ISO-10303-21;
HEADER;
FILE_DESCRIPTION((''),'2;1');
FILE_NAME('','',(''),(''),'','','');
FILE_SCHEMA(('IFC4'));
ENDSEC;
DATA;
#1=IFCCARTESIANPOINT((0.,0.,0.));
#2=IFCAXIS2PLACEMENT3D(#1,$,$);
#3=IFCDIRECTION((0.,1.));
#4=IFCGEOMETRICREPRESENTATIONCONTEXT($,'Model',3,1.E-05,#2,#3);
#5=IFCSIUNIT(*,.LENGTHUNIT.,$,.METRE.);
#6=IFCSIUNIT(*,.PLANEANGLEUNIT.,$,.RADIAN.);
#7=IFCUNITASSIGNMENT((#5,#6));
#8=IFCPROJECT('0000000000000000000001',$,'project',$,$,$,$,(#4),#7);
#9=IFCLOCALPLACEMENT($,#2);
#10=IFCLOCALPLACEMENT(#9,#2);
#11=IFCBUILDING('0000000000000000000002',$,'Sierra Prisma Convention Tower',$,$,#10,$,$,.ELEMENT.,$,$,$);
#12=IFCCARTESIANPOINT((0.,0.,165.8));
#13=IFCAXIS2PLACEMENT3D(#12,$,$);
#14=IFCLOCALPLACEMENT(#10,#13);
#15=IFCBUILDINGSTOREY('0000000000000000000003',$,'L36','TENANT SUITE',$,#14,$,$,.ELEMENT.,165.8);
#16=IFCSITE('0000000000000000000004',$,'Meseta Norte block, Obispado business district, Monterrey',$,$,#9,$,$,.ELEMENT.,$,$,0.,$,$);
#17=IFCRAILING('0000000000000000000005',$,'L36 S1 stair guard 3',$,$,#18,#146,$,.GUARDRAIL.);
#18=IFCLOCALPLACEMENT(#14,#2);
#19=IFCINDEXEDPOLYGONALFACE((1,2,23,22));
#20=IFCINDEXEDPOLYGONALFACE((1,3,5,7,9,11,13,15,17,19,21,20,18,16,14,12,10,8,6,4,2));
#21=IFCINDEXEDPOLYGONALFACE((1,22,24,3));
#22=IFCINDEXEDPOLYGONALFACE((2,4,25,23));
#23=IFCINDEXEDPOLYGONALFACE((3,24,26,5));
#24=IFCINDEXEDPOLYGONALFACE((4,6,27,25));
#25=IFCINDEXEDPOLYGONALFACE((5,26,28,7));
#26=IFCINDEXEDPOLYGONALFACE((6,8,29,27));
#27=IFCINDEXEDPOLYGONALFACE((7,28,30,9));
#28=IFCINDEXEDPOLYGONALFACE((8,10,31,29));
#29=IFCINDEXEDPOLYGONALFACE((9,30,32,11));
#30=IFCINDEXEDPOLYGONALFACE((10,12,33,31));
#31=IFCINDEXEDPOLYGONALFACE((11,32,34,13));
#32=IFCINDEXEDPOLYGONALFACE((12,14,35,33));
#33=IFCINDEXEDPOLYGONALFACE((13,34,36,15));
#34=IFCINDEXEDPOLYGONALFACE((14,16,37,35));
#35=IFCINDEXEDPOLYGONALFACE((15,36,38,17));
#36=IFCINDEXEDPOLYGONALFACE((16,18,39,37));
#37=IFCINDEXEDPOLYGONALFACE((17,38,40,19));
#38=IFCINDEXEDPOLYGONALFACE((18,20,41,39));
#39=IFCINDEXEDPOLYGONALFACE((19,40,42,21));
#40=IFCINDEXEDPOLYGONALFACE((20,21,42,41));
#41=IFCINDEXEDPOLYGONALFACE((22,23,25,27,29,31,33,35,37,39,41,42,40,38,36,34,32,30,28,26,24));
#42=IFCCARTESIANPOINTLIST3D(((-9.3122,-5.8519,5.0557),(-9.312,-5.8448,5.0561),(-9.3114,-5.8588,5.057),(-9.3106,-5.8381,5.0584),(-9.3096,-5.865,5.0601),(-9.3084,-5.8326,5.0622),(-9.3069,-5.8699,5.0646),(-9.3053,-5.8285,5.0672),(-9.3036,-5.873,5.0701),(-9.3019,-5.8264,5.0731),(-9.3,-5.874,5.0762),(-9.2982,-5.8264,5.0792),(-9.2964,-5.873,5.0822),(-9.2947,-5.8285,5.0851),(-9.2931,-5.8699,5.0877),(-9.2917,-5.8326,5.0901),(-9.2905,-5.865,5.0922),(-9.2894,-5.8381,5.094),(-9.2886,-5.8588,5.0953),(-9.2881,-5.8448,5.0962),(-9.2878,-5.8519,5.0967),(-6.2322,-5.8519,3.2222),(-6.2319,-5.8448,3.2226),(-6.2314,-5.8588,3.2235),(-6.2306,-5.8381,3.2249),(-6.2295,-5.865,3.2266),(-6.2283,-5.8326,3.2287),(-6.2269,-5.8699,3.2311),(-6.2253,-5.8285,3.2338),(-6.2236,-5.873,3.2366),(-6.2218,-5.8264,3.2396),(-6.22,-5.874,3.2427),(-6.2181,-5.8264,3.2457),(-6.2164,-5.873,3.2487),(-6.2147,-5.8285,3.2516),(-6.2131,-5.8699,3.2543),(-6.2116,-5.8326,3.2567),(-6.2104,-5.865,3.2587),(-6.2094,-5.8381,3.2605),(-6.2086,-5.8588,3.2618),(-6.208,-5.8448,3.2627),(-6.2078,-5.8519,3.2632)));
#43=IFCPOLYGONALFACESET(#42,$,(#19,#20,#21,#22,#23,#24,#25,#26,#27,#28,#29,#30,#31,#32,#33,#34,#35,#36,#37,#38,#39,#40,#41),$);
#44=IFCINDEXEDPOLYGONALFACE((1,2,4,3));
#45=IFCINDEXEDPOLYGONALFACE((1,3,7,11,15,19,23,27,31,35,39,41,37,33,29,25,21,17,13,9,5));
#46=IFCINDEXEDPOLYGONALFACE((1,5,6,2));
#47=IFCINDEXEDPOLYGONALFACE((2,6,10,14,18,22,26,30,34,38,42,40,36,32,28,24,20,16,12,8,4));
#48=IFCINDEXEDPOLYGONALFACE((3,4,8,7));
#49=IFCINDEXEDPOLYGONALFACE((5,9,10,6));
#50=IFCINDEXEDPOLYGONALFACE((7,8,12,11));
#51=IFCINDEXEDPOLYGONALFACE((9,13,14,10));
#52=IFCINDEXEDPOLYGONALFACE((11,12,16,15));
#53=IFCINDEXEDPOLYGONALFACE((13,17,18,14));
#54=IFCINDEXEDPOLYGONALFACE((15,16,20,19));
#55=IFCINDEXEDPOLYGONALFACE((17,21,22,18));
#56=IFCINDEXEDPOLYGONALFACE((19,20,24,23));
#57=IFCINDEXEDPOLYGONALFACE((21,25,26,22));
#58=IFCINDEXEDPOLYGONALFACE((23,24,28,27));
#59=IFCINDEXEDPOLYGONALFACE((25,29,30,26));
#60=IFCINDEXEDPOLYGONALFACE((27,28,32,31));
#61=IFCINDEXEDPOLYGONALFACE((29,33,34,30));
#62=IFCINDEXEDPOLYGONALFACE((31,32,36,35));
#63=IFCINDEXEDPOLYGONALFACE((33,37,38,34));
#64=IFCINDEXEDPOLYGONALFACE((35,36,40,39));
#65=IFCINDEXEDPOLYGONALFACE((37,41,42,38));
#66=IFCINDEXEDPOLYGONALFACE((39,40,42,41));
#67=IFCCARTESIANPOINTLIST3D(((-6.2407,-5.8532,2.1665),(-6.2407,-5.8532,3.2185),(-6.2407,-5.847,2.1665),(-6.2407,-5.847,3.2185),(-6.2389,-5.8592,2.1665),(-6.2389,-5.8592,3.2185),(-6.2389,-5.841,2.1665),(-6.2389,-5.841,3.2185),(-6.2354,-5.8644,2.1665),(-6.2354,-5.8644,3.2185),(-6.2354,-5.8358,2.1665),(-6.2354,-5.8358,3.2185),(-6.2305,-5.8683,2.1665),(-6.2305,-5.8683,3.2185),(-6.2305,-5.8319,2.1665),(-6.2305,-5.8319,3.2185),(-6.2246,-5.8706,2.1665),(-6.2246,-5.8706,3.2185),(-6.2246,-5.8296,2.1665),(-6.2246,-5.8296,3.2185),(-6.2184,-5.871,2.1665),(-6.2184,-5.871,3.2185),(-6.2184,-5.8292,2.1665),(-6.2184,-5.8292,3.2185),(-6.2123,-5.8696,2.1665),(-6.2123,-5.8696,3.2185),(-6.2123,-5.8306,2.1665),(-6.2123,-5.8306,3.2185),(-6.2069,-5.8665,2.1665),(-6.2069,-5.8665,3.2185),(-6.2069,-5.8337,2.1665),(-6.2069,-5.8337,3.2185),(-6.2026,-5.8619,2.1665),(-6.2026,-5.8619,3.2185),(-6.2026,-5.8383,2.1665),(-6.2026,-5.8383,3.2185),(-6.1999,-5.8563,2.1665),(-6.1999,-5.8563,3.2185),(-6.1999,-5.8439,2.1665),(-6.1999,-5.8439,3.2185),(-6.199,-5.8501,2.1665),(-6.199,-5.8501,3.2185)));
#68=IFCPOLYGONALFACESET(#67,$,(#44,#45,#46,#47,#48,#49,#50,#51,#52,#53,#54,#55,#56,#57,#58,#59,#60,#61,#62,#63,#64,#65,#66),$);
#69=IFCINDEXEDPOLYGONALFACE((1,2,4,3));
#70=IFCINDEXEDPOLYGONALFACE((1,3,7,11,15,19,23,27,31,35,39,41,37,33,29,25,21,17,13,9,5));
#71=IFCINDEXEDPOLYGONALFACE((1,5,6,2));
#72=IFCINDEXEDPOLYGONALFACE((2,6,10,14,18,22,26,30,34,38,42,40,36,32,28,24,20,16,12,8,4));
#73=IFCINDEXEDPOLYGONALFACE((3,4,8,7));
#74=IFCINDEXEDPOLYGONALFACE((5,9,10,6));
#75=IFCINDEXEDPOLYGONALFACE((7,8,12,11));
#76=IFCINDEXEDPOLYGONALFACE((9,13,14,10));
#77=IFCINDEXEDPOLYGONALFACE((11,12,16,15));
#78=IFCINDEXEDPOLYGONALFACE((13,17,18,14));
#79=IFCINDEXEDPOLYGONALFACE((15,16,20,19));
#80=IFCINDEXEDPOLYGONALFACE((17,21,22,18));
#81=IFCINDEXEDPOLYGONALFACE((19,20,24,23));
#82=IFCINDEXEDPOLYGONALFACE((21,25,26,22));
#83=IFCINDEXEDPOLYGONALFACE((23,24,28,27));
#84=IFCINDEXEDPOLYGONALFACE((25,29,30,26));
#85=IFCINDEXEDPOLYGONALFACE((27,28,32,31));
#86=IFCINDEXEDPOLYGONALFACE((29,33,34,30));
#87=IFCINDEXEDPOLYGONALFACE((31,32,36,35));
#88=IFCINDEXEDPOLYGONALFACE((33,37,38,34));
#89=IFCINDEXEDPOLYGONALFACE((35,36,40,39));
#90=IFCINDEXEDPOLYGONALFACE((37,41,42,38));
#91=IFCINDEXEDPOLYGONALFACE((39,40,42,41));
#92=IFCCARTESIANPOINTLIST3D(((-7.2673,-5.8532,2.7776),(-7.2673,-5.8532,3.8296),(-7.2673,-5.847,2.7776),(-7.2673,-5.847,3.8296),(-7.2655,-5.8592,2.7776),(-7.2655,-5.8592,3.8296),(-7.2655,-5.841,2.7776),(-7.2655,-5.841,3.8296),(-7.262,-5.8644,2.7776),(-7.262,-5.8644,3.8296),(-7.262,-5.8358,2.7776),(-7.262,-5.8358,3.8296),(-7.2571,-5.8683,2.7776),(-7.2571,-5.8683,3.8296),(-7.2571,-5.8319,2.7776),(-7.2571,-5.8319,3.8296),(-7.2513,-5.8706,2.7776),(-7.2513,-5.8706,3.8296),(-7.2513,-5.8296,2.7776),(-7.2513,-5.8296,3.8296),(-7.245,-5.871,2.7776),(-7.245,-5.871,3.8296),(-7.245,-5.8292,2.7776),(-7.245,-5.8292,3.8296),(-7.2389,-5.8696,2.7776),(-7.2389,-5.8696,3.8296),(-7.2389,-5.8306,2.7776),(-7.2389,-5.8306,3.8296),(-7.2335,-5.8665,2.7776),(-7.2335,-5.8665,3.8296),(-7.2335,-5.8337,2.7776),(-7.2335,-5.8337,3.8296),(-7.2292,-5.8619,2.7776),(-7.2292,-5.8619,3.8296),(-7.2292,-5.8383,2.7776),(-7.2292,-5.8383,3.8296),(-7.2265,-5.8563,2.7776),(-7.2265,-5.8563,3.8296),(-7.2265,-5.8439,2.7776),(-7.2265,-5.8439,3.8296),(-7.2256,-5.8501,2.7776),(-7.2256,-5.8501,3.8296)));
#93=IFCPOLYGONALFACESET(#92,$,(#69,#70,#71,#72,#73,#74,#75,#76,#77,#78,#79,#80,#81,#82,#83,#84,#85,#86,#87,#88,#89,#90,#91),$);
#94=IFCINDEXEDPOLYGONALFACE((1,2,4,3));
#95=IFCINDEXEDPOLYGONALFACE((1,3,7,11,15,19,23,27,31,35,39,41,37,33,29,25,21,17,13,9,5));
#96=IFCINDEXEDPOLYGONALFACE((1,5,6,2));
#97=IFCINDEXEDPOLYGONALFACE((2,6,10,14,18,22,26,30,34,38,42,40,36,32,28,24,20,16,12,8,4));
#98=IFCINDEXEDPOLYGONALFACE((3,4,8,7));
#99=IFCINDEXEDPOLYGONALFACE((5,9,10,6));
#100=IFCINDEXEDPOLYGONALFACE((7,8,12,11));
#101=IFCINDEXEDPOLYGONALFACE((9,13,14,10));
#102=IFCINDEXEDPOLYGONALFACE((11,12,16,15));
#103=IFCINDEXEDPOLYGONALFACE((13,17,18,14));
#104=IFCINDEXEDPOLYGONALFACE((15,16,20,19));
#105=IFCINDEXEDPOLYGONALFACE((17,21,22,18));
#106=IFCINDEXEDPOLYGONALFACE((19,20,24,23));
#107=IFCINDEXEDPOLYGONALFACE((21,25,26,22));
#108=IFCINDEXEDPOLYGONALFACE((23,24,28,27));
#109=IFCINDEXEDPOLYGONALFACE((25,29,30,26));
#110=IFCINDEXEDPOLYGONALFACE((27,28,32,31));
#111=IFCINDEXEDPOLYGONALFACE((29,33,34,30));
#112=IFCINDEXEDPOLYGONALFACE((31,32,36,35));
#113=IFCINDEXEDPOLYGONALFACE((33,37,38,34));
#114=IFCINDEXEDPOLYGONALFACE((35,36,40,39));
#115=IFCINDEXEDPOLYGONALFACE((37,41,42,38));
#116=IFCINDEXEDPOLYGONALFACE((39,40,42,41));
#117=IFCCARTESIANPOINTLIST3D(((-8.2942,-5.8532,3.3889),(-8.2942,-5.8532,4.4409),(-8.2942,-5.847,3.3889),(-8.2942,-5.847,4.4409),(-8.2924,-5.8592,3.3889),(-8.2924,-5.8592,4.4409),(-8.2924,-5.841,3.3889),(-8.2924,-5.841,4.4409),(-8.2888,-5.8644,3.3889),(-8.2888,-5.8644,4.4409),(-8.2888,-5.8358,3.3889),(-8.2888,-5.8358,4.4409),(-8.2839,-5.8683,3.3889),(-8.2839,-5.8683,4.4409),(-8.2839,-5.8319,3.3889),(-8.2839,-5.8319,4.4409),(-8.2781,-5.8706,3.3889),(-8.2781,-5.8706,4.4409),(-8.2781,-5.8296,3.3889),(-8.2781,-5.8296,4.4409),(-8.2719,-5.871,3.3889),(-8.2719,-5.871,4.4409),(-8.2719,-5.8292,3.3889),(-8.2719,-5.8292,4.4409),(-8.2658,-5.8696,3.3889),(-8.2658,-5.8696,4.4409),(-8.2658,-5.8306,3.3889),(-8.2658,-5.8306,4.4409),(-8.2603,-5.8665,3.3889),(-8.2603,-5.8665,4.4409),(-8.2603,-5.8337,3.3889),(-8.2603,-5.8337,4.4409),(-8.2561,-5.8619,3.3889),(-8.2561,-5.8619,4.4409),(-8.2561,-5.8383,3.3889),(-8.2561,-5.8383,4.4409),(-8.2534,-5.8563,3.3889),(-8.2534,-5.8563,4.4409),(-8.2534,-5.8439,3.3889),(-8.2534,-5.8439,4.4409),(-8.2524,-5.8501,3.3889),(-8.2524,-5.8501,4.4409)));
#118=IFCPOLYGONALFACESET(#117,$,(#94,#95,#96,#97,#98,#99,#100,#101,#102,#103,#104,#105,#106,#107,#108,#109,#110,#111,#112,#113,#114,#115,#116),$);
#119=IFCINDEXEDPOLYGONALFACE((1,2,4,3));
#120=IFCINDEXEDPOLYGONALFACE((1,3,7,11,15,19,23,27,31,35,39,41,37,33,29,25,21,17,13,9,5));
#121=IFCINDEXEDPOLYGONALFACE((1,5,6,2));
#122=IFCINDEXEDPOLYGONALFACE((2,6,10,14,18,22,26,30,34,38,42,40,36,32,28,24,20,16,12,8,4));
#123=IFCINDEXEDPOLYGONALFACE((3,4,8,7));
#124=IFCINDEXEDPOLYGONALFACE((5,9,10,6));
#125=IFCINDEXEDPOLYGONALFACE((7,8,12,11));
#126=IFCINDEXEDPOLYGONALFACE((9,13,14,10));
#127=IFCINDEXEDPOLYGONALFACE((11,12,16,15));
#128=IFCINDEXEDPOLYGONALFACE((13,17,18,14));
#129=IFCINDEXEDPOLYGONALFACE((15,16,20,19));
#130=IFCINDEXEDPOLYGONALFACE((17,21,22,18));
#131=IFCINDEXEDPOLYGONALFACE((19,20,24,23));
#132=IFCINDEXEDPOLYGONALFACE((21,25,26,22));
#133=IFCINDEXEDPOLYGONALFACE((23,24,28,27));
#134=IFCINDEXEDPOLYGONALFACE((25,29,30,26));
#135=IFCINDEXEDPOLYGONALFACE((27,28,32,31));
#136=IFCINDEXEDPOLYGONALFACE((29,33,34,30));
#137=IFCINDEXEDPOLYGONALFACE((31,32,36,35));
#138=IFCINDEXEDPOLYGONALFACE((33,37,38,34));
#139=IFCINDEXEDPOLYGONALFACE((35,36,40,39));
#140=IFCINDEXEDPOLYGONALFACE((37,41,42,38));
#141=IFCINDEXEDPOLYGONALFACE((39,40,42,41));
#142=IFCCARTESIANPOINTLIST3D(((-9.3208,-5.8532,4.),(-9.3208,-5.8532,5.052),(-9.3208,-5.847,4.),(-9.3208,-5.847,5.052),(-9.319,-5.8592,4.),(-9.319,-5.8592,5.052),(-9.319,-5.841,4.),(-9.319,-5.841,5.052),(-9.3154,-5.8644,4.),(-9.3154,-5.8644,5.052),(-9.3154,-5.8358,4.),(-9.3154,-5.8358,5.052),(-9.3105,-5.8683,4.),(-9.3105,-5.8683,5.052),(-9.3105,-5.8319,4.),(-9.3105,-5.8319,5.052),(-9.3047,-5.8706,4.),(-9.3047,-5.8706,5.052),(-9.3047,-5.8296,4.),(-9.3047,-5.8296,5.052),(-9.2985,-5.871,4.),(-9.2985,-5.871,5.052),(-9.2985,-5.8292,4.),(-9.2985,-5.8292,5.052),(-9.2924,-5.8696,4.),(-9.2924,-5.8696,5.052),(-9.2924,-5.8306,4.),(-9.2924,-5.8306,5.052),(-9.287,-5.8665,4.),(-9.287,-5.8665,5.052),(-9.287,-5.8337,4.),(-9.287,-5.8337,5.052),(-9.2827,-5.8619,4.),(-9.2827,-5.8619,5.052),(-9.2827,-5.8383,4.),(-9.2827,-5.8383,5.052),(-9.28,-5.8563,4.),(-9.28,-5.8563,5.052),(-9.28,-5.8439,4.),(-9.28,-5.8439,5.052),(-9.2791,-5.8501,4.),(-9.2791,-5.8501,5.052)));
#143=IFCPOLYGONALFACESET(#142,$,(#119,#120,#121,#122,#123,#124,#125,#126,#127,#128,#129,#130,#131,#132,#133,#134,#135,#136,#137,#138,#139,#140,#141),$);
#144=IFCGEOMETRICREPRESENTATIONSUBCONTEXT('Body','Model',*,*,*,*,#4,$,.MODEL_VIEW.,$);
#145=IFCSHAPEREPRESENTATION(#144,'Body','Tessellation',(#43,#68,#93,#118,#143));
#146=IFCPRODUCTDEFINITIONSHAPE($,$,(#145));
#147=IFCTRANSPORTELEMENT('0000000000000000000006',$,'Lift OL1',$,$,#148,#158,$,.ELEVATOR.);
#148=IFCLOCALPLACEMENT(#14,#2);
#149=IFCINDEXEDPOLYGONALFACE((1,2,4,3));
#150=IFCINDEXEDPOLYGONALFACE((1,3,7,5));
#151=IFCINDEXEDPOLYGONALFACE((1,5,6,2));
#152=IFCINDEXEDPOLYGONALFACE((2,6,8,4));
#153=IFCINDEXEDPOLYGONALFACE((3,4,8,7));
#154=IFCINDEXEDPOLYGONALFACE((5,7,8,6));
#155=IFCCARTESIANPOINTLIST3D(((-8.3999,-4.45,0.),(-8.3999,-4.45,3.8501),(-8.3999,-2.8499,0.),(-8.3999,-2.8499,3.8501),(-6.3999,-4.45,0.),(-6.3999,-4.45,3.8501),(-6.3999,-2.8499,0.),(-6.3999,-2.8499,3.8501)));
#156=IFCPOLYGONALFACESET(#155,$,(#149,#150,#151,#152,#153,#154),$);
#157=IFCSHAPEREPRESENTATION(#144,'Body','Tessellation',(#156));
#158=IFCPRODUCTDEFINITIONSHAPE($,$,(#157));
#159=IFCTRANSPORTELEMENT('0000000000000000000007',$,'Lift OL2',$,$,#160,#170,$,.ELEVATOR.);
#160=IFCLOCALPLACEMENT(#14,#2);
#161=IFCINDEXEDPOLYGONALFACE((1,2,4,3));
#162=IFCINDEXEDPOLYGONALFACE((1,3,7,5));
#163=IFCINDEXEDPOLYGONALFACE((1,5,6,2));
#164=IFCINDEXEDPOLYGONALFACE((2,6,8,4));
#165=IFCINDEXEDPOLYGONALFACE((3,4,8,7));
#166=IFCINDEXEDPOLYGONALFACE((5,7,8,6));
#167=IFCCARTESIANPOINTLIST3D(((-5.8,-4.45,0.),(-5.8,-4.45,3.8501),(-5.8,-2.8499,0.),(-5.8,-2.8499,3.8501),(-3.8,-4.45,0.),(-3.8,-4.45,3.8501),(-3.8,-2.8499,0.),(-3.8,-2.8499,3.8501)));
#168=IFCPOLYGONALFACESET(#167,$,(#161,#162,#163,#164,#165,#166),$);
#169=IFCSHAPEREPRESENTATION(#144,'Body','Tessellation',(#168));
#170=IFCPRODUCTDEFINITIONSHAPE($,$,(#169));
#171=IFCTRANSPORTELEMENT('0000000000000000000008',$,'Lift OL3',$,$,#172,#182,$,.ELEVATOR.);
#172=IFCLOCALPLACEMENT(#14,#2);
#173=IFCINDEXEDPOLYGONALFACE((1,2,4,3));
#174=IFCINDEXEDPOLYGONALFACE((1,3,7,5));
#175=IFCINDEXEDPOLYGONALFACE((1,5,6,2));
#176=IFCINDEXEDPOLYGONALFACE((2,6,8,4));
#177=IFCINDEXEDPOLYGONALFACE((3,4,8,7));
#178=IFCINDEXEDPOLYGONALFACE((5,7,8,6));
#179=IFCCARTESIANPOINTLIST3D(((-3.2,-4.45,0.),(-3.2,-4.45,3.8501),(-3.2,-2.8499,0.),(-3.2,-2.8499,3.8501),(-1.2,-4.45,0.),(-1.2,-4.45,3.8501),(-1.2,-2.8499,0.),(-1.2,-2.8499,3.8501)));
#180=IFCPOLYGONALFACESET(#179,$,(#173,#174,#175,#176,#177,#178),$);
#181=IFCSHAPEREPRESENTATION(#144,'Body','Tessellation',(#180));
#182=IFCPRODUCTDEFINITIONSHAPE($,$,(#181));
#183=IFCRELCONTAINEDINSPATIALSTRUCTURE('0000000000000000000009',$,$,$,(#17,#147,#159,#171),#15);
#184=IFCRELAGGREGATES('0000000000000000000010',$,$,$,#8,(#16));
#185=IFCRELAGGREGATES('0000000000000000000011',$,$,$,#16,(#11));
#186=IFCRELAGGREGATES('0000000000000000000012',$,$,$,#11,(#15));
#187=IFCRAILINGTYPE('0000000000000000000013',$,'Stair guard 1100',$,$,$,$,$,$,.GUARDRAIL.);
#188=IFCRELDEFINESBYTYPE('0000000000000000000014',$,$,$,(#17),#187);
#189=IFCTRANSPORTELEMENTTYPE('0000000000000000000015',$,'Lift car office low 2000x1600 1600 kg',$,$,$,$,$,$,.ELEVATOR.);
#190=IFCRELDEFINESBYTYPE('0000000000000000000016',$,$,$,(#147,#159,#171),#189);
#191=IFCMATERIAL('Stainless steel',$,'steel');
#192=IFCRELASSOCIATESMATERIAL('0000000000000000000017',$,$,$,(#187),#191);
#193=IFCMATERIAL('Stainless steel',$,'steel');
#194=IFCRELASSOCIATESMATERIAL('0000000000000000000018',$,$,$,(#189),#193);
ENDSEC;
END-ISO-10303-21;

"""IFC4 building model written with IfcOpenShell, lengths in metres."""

from ifc_helpers import new_model, si_unit, direction, frame, origin, origin_2d, place, context, subcontext, project, spatial, rectangle, circle, extrude, material, type_object, element, save


model = new_model("IFC4")

# Units and contexts
model_context = context("Model", 3, precision=1e-05, world=origin(), true_north=direction((0.0, 1.0)))
body_context = subcontext(model_context, "Body", "Model", "MODEL_VIEW")
ifc_project = project(units=[si_unit("LENGTHUNIT", "METRE"), si_unit("PLANEANGLEUNIT", "RADIAN")], contexts=[model_context])

# Site, building, storey
site_placement = place(None, origin())
site = spatial("IfcSite", under=ifc_project, at=site_placement, Name="Meseta Norte block, Obispado business district, Monterrey", CompositionType="ELEMENT", RefElevation=0.0)
building_placement = place(site_placement, origin())
building = spatial("IfcBuilding", under=site, at=building_placement, Name="Sierra Prisma Convention Tower", CompositionType="ELEMENT")
storey_placement = place(building_placement, frame((0.0, 0.0, 165.8)))
storey = spatial("IfcBuildingStorey", under=building, at=storey_placement, Name="L36", Description="TENANT SUITE", CompositionType="ELEMENT", Elevation=165.8)

# Railing
ifc_material_1 = material(Name="Stainless steel", Category="steel")
railing_type_1 = type_object("IfcRailingType", Name="Stair guard 1100", PredefinedType="GUARDRAIL", material=ifc_material_1)
railing_1_placement = place(storey_placement, frame((-6.22, -5.8501, 2.1665)))
element("IfcRailing", 1, at=railing_1_placement, inside=storey, type_object=railing_type_1, Name="L36 S1 stair guard 3", PredefinedType="GUARDRAIL", context=body_context, shape_type="SweptSolid", body=[
    extrude(circle(Radius=0.0239, at=origin_2d()), frame((0.0, 0.0, 1.0762), z_axis=(-0.859279, 0.0, 0.511508), x_axis=(0.0, -1.0, 0.0)), (0.0, 0.0, 1.0), 3.5845),
    extrude(circle(Radius=0.021, at=origin_2d()), origin(), (0.0, 0.0, 1.0), 1.052),
    extrude(circle(Radius=0.021, at=origin_2d()), frame((-1.0266, 0.0, 0.6111)), (0.0, 0.0, 1.0), 1.052),
    extrude(circle(Radius=0.021, at=origin_2d()), frame((-2.0535, 0.0, 1.2224)), (0.0, 0.0, 1.0), 1.052),
    extrude(circle(Radius=0.021, at=origin_2d()), frame((-3.0801, 0.0, 1.8335)), (0.0, 0.0, 1.0), 1.052),
])

# Transport elements
ifc_material_2 = material(Name="Stainless steel", Category="steel")
transport_element_type = type_object("IfcTransportElementType", Name="Lift car office low 2000x1600 1600 kg", PredefinedType="ELEVATOR", material=ifc_material_2)
for number, where, z_axis, x_axis, name in (
    (2, (-7.3999, -3.6499, 0.0), (0.0, 0.0, 1.0), (1.0, 0.0, 0.0), "Lift OL1"),
    (3, (-4.8, -3.6499, 0.0), (0.0, 0.0, 1.0), (1.0, 0.0, 0.0), "Lift OL2"),
    (4, (-2.2, -3.6499, 0.0), (0.0, 0.0, 1.0), (1.0, 0.0, 0.0), "Lift OL3"),
):
    element("IfcTransportElement", number, at=place(storey_placement, frame(where, z_axis=z_axis, x_axis=x_axis)), inside=storey, type_object=transport_element_type, Name=name, PredefinedType="ELEVATOR", context=body_context, shape_type="SweptSolid", body=[
        extrude(rectangle(XDim=2.0, YDim=1.6001, at=origin_2d()), origin(), (0.0, 0.0, 1.0), 3.8501),
    ])

save(model, "model.ifc")
